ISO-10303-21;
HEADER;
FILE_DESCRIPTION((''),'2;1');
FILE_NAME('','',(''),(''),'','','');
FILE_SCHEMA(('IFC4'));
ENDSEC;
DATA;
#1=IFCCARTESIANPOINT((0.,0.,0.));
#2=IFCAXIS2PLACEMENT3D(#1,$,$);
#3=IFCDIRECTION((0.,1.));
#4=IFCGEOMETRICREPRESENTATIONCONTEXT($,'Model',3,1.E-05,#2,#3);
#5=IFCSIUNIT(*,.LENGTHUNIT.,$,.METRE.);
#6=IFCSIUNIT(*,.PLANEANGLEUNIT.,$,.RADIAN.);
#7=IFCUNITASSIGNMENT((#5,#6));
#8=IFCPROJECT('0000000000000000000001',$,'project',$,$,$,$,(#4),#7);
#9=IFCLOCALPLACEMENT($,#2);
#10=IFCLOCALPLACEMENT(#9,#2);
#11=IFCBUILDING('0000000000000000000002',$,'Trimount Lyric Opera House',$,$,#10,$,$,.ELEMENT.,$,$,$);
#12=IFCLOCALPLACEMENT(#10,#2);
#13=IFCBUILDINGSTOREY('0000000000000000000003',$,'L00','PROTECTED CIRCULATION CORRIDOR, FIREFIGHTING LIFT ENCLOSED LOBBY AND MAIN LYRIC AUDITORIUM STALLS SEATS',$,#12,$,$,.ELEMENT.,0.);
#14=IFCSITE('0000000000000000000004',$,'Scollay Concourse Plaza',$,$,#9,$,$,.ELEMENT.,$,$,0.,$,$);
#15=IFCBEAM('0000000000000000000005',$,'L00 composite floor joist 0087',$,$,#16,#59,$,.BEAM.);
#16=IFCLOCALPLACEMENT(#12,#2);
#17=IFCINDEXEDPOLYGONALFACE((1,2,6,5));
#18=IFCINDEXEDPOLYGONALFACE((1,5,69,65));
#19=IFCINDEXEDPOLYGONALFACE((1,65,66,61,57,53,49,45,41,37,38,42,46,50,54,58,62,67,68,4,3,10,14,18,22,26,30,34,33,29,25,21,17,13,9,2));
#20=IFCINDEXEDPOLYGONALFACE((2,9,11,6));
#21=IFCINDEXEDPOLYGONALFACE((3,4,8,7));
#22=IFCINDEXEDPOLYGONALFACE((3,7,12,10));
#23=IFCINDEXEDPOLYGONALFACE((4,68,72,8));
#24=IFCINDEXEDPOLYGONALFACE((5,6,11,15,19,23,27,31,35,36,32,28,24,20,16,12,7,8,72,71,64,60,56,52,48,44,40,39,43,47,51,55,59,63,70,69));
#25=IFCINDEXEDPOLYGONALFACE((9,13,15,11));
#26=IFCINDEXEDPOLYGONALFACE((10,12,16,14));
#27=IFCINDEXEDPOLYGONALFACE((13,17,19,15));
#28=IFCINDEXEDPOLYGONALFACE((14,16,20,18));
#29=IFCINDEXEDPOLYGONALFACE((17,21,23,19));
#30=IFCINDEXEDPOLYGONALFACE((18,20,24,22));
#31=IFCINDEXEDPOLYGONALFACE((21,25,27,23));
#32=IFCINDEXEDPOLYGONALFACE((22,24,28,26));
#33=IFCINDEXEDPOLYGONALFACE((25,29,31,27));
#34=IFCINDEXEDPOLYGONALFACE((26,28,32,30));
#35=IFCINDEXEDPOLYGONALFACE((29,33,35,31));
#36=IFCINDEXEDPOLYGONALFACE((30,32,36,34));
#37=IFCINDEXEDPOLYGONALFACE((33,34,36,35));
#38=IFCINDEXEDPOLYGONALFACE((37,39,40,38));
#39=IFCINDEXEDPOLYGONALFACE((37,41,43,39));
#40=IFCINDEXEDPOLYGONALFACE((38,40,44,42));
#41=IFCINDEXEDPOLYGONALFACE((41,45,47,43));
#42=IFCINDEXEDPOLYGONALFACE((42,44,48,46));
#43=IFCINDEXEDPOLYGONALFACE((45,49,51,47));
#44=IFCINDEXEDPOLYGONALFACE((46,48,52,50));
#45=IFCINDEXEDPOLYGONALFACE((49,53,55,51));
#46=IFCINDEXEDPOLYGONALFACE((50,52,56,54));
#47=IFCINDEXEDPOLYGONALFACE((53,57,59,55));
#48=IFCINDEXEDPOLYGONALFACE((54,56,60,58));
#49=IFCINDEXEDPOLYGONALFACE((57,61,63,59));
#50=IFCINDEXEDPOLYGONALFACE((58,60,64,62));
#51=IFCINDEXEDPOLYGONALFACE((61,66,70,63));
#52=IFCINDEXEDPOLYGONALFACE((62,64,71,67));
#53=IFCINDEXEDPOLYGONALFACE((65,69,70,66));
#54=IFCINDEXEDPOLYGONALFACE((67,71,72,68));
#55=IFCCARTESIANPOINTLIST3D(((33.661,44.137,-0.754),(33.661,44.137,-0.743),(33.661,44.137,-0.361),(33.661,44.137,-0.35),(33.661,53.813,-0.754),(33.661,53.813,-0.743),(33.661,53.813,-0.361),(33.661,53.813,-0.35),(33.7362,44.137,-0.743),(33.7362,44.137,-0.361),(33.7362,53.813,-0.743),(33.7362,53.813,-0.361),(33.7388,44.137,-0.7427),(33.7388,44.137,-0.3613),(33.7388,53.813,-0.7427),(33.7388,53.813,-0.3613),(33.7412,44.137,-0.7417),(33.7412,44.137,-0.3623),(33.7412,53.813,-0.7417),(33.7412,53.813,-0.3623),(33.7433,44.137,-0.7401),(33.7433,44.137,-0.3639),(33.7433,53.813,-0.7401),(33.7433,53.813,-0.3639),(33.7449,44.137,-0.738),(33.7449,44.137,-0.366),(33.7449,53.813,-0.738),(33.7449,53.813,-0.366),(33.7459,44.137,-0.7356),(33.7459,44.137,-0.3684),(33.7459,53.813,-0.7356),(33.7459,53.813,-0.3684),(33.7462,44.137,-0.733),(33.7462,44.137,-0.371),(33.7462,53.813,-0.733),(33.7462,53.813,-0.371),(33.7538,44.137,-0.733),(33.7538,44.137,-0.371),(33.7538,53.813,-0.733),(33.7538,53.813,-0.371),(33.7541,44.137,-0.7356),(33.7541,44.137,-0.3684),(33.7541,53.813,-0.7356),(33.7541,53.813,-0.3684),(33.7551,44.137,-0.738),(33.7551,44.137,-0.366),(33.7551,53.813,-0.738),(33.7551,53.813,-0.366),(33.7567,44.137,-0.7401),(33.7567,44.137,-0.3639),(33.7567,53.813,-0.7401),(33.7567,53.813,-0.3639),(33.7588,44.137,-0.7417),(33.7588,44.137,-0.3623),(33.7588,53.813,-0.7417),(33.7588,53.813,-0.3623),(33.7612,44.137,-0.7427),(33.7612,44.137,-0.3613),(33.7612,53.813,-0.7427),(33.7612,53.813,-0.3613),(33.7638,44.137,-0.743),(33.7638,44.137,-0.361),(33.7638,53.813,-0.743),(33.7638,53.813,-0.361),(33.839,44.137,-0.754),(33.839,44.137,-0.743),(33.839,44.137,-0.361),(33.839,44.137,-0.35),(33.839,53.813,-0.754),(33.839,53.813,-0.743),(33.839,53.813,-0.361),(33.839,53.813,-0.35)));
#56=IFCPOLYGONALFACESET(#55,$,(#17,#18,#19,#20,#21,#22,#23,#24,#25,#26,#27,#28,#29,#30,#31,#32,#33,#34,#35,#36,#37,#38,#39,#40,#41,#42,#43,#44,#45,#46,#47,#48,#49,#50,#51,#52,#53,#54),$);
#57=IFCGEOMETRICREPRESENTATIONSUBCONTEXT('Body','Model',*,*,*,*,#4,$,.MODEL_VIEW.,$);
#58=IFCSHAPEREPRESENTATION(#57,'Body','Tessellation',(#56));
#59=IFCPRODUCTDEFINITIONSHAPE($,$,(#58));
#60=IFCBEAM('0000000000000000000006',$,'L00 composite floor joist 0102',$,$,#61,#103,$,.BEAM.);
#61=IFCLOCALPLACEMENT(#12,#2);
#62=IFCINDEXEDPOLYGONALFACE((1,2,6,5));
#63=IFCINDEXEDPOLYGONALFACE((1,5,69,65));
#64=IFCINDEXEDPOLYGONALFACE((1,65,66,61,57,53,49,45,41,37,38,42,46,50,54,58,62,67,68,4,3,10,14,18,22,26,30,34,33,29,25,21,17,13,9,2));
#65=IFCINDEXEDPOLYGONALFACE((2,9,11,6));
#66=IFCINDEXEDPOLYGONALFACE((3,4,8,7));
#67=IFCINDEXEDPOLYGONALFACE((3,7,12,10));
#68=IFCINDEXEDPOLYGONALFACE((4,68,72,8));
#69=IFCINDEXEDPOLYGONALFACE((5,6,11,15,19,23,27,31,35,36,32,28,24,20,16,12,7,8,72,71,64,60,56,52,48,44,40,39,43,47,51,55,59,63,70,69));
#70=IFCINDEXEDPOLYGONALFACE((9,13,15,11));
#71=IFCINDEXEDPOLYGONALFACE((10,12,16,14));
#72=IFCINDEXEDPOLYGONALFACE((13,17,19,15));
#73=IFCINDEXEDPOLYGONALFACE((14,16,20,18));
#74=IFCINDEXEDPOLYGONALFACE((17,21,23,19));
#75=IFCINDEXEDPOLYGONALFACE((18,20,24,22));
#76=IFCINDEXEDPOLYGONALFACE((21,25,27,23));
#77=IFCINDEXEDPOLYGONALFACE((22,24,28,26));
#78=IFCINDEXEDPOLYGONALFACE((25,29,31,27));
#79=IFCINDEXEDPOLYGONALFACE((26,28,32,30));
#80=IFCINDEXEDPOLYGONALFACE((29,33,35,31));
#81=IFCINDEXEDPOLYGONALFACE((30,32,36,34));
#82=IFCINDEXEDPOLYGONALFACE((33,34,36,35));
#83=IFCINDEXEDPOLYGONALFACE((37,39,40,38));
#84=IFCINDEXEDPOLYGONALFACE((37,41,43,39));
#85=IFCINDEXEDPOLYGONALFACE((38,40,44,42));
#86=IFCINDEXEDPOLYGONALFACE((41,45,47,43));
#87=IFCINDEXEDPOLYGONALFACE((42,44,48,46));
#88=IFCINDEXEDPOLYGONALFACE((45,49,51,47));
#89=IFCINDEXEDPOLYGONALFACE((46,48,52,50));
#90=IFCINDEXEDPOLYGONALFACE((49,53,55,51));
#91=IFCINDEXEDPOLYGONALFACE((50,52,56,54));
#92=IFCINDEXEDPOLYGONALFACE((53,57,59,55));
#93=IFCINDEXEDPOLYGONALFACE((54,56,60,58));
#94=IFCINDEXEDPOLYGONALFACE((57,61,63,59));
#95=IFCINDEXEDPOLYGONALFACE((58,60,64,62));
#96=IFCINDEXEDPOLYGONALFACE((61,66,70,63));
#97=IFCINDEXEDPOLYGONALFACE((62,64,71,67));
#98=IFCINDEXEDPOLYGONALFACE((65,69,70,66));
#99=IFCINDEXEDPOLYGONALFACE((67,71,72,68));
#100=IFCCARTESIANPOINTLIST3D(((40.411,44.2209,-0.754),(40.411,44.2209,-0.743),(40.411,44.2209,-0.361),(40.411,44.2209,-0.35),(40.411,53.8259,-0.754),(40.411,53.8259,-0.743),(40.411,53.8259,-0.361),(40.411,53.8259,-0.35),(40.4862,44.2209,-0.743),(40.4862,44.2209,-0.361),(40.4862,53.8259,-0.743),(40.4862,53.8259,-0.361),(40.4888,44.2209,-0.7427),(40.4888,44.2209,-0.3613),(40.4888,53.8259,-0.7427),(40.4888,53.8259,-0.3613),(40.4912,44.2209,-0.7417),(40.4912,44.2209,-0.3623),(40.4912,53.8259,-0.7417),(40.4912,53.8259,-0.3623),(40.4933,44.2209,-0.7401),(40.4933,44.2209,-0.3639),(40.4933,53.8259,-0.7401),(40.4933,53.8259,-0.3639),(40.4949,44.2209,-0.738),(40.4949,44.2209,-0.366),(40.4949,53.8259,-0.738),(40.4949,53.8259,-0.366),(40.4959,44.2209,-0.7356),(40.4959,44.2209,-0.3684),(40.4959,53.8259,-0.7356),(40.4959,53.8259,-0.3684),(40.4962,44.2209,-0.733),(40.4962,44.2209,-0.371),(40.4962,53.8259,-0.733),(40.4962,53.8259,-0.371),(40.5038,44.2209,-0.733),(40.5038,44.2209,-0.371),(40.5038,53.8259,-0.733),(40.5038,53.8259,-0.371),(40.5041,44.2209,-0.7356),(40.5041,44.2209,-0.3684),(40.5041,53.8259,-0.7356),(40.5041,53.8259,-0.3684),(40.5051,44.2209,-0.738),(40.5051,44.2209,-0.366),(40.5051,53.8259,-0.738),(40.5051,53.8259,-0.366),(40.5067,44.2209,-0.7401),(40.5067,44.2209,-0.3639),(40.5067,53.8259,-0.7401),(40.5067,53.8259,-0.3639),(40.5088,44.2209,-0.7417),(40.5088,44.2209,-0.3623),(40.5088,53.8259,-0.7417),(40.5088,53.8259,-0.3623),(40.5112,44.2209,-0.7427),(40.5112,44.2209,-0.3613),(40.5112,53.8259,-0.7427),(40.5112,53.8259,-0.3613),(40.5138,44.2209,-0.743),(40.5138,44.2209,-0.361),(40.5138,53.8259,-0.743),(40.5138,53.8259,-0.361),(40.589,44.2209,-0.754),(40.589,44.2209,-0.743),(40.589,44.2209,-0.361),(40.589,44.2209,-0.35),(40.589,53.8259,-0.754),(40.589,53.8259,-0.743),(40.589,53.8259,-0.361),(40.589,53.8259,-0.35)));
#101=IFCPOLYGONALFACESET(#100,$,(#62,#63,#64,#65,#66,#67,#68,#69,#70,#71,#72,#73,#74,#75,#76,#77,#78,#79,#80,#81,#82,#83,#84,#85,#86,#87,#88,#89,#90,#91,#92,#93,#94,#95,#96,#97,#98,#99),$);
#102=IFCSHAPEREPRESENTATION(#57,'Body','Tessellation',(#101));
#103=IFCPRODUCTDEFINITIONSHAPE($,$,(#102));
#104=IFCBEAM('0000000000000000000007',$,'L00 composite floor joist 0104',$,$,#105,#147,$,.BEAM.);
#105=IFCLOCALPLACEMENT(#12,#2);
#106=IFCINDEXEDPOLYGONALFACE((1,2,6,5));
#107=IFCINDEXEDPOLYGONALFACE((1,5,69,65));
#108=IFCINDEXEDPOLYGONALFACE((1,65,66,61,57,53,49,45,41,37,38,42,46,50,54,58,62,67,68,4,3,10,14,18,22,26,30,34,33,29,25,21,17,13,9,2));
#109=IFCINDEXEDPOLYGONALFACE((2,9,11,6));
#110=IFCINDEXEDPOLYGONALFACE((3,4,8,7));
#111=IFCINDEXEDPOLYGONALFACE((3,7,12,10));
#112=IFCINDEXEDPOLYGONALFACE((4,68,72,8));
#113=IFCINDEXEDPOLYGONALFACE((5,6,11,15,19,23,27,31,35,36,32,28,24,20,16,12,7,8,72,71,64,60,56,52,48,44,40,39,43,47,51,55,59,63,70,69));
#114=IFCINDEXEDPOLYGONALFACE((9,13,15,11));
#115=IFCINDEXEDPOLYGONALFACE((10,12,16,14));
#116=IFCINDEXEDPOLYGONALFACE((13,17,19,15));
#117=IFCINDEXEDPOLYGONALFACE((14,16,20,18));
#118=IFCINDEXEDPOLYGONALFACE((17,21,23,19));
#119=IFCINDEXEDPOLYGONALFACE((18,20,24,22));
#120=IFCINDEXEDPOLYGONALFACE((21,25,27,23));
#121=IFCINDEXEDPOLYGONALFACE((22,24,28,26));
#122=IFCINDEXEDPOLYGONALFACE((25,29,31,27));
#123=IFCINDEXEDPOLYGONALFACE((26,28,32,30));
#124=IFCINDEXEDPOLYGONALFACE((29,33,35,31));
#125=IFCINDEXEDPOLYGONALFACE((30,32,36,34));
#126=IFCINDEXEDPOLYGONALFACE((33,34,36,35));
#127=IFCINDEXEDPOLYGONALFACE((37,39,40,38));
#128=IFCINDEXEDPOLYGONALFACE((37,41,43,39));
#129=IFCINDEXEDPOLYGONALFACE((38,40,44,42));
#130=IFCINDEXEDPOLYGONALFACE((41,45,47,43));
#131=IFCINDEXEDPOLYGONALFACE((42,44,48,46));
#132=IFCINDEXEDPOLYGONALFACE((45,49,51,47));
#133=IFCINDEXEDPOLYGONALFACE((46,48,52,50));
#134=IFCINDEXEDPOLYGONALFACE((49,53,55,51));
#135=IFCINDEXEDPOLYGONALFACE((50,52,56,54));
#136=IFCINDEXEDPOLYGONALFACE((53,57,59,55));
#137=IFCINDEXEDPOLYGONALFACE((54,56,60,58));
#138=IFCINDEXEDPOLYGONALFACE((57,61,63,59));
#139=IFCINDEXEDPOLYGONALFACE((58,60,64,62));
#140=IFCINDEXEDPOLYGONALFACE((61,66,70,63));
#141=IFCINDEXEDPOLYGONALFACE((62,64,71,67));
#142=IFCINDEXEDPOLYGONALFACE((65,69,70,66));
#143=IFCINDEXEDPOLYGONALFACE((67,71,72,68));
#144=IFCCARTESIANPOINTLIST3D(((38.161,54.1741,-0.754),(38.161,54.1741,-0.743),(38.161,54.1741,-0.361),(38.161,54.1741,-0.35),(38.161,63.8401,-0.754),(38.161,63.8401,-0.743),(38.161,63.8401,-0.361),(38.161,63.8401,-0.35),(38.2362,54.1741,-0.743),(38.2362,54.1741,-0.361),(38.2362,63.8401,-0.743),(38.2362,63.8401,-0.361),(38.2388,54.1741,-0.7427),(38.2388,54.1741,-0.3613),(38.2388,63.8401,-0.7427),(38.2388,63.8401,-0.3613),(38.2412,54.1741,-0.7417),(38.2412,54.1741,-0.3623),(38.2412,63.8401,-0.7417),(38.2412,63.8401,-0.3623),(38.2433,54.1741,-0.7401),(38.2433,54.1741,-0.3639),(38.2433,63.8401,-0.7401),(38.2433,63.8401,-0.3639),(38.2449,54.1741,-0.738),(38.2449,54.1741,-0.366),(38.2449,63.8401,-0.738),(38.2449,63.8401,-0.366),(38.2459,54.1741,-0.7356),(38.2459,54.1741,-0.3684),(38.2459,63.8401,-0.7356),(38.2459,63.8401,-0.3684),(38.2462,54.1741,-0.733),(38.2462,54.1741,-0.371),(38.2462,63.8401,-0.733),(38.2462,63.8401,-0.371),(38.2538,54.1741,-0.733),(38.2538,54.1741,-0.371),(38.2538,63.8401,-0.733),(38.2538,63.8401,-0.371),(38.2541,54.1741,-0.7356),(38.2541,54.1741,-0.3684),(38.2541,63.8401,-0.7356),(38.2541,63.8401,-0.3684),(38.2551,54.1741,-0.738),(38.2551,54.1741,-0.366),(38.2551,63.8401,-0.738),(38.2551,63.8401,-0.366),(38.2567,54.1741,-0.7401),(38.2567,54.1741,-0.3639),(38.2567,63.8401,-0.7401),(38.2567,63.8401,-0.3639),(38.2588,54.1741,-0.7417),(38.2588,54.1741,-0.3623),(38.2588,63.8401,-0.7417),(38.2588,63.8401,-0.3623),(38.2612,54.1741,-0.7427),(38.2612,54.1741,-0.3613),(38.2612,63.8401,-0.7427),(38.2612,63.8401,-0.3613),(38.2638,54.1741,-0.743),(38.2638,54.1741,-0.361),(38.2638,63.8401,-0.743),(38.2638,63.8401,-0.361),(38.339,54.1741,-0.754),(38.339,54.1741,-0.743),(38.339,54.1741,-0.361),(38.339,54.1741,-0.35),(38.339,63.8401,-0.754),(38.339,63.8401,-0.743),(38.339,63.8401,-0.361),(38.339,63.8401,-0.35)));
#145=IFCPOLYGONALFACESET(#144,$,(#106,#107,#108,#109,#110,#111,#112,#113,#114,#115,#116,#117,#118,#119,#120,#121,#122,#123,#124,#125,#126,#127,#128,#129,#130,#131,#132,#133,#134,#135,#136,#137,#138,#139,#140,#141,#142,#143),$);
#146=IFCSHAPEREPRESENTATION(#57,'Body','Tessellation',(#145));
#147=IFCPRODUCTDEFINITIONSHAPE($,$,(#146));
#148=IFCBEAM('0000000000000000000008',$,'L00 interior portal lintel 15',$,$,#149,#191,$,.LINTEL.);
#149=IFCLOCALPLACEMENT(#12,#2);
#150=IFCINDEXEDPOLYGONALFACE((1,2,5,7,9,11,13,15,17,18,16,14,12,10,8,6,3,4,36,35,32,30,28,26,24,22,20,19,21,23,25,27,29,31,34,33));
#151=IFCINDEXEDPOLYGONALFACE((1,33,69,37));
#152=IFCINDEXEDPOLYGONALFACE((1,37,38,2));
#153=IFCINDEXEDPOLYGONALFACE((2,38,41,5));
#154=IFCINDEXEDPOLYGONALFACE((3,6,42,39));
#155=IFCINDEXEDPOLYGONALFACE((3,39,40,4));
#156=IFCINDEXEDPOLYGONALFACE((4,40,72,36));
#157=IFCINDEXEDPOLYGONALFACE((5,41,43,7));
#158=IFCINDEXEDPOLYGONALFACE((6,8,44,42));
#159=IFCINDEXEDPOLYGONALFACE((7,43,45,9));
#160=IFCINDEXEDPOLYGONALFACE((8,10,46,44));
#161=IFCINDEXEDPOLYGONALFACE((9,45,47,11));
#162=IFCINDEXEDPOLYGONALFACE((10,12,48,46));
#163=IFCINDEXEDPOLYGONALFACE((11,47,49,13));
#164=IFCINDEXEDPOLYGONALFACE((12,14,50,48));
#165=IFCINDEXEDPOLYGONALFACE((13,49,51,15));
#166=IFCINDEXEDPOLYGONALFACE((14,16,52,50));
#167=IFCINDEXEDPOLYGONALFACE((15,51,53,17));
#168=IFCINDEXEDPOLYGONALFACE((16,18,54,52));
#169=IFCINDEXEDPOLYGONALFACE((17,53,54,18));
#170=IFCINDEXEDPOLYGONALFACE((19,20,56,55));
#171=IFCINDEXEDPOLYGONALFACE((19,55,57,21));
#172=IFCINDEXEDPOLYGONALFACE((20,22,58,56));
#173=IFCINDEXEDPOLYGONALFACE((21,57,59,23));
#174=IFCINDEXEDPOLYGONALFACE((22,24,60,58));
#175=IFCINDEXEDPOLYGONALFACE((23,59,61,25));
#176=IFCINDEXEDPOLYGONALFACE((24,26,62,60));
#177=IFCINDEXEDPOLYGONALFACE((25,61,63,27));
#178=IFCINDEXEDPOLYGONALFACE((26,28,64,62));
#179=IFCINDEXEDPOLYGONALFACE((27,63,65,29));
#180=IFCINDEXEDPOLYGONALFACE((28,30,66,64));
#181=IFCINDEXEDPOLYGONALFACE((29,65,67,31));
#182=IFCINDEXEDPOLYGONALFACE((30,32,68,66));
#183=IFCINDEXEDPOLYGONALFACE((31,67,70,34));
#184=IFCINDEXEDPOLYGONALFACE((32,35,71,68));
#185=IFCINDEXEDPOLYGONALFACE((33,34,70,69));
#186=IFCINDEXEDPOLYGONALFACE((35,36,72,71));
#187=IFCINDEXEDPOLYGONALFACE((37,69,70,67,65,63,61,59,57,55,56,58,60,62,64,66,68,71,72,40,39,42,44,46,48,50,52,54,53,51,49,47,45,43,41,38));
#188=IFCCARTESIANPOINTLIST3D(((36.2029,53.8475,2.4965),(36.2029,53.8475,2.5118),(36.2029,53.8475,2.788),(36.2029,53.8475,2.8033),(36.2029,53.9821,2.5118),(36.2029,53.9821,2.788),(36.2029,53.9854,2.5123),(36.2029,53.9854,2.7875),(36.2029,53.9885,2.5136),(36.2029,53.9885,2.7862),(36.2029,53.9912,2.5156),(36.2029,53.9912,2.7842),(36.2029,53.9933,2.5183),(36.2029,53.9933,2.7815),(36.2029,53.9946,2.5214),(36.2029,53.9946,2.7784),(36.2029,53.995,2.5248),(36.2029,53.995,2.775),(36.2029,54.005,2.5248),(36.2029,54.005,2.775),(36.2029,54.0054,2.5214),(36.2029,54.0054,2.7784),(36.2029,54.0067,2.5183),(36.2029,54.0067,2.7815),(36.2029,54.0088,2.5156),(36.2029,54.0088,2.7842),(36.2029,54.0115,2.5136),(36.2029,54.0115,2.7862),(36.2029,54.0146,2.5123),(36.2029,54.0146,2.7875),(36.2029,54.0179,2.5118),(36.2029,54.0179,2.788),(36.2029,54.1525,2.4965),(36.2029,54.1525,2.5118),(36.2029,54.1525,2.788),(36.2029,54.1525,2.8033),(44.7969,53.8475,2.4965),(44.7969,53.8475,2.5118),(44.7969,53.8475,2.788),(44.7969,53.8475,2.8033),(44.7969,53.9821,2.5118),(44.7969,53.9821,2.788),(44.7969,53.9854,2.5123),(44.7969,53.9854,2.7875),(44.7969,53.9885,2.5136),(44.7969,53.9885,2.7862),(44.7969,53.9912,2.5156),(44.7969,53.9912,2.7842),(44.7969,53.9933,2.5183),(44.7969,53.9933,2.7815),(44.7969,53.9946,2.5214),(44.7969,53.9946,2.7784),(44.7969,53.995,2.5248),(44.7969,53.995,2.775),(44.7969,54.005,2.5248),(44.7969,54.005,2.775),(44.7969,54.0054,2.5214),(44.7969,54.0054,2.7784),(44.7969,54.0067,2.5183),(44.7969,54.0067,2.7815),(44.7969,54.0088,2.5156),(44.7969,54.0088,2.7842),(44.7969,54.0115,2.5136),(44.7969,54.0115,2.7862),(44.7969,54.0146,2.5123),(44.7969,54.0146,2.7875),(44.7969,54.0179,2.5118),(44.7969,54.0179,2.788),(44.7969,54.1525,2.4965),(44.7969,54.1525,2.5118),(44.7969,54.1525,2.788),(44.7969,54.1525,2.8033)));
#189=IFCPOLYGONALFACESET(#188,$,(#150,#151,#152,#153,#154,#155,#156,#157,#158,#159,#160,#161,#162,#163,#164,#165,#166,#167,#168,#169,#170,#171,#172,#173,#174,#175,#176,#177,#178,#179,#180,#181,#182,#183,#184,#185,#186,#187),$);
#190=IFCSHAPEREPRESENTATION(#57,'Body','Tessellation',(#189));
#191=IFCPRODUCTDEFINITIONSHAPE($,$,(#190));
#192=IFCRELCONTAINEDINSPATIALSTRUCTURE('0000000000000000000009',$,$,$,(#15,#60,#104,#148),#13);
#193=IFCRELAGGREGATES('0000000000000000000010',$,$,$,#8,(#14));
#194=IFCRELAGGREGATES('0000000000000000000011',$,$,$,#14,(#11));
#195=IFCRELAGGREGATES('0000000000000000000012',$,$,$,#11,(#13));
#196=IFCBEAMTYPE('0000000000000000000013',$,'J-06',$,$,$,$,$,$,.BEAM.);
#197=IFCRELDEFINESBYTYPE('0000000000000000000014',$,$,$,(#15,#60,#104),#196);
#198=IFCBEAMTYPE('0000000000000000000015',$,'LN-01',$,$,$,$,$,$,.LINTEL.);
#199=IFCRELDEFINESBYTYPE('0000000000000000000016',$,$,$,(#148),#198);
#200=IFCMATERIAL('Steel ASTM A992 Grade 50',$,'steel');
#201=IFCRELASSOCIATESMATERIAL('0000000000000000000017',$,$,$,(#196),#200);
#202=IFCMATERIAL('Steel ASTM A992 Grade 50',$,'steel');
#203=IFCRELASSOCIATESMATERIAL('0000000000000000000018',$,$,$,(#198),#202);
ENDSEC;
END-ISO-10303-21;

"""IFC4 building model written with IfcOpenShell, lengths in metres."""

from ifc_helpers import new_model, si_unit, direction, frame, origin, origin_2d, place, context, subcontext, project, spatial, i_section, extrude, material, material_profile, profile_set, type_object, element, save


model = new_model("IFC4")

# Units and contexts
model_context = context("Model", 3, precision=1e-05, world=origin(), true_north=direction((0.0, 1.0)))
body_context = subcontext(model_context, "Body", "Model", "MODEL_VIEW")
ifc_project = project(units=[si_unit("LENGTHUNIT", "METRE"), si_unit("PLANEANGLEUNIT", "RADIAN")], contexts=[model_context])

# Site, building, storey
site_placement = place(None, origin())
site = spatial("IfcSite", under=ifc_project, at=site_placement, Name="Scollay Concourse Plaza", CompositionType="ELEMENT", RefElevation=0.0)
building_placement = place(site_placement, origin())
building = spatial("IfcBuilding", under=site, at=building_placement, Name="Trimount Lyric Opera House", CompositionType="ELEMENT")
storey_placement = place(building_placement, origin())
storey = spatial("IfcBuildingStorey", under=building, at=storey_placement, Name="L00", Description="PROTECTED CIRCULATION CORRIDOR, FIREFIGHTING LIFT ENCLOSED LOBBY AND MAIN LYRIC AUDITORIUM STALLS SEATS", CompositionType="ELEMENT", Elevation=0.0)

# Beams
ifc_material_1 = material(Name="Steel ASTM A992 Grade 50", Category="steel")
ifc_material_profile_1 = material_profile(ifc_material_1, i_section(OverallWidth=0.178, OverallDepth=0.4041, WebThickness=0.0076, FlangeThickness=0.011, FilletRadius=0.01, at=origin_2d()), Name="W16X36")
ifc_profile_set_1 = profile_set([ifc_material_profile_1], Name="Steel ASTM A992 Grade 50")
beam_type_1 = type_object("IfcBeamType", Name="J-06", PredefinedType="BEAM", material=ifc_profile_set_1)
beam_1_placement = place(storey_placement, frame((33.75, 44.137, -0.552), z_axis=(0.0, 1.0, 0.0), x_axis=(-1.0, 0.0, 0.0)))
element("IfcBeam", 1, at=beam_1_placement, inside=storey, type_object=beam_type_1, Name="L00 composite floor joist 0087", PredefinedType="BEAM", context=body_context, shape_type="SweptSolid", body=[
    extrude(i_section(OverallWidth=0.178, OverallDepth=0.4041, WebThickness=0.0076, FlangeThickness=0.011, FilletRadius=0.01, at=origin_2d()), origin(), (0.0, 0.0, 1.0), 9.676),
])
beam_2_placement = place(storey_placement, frame((40.5, 44.2209, -0.552), z_axis=(0.0, 1.0, 0.0), x_axis=(-1.0, 0.0, 0.0)))
element("IfcBeam", 2, at=beam_2_placement, inside=storey, type_object=beam_type_1, Name="L00 composite floor joist 0102", PredefinedType="BEAM", context=body_context, shape_type="SweptSolid", body=[
    extrude(i_section(OverallWidth=0.178, OverallDepth=0.4041, WebThickness=0.0076, FlangeThickness=0.011, FilletRadius=0.01, at=origin_2d()), origin(), (0.0, 0.0, 1.0), 9.605),
])
beam_3_placement = place(storey_placement, frame((38.25, 54.1741, -0.552), z_axis=(0.0, 1.0, 0.0), x_axis=(-1.0, 0.0, 0.0)))
element("IfcBeam", 3, at=beam_3_placement, inside=storey, type_object=beam_type_1, Name="L00 composite floor joist 0104", PredefinedType="BEAM", context=body_context, shape_type="SweptSolid", body=[
    extrude(i_section(OverallWidth=0.178, OverallDepth=0.4041, WebThickness=0.0076, FlangeThickness=0.011, FilletRadius=0.01, at=origin_2d()), origin(), (0.0, 0.0, 1.0), 9.666),
])
ifc_material_2 = material(Name="Steel ASTM A992 Grade 50", Category="steel")
ifc_material_profile_2 = material_profile(ifc_material_2, i_section(OverallWidth=0.3049, OverallDepth=0.3069, WebThickness=0.01, FlangeThickness=0.0154, FilletRadius=0.0129, at=origin_2d()), Name="W12X65")
ifc_profile_set_2 = profile_set([ifc_material_profile_2], Name="Steel ASTM A992 Grade 50")
beam_type_2 = type_object("IfcBeamType", Name="LN-01", PredefinedType="LINTEL", material=ifc_profile_set_2)
beam_4_placement = place(storey_placement, frame((36.2029, 54.0, 2.6499), z_axis=(1.0, 0.0, 0.0), x_axis=(0.0, 1.0, 0.0)))
element("IfcBeam", 4, at=beam_4_placement, inside=storey, type_object=beam_type_2, Name="L00 interior portal lintel 15", PredefinedType="LINTEL", context=body_context, shape_type="SweptSolid", body=[
    extrude(i_section(OverallWidth=0.3049, OverallDepth=0.3069, WebThickness=0.01, FlangeThickness=0.0154, FilletRadius=0.0129, at=origin_2d()), origin(), (0.0, 0.0, 1.0), 8.594),
])

save(model, "model.ifc")
